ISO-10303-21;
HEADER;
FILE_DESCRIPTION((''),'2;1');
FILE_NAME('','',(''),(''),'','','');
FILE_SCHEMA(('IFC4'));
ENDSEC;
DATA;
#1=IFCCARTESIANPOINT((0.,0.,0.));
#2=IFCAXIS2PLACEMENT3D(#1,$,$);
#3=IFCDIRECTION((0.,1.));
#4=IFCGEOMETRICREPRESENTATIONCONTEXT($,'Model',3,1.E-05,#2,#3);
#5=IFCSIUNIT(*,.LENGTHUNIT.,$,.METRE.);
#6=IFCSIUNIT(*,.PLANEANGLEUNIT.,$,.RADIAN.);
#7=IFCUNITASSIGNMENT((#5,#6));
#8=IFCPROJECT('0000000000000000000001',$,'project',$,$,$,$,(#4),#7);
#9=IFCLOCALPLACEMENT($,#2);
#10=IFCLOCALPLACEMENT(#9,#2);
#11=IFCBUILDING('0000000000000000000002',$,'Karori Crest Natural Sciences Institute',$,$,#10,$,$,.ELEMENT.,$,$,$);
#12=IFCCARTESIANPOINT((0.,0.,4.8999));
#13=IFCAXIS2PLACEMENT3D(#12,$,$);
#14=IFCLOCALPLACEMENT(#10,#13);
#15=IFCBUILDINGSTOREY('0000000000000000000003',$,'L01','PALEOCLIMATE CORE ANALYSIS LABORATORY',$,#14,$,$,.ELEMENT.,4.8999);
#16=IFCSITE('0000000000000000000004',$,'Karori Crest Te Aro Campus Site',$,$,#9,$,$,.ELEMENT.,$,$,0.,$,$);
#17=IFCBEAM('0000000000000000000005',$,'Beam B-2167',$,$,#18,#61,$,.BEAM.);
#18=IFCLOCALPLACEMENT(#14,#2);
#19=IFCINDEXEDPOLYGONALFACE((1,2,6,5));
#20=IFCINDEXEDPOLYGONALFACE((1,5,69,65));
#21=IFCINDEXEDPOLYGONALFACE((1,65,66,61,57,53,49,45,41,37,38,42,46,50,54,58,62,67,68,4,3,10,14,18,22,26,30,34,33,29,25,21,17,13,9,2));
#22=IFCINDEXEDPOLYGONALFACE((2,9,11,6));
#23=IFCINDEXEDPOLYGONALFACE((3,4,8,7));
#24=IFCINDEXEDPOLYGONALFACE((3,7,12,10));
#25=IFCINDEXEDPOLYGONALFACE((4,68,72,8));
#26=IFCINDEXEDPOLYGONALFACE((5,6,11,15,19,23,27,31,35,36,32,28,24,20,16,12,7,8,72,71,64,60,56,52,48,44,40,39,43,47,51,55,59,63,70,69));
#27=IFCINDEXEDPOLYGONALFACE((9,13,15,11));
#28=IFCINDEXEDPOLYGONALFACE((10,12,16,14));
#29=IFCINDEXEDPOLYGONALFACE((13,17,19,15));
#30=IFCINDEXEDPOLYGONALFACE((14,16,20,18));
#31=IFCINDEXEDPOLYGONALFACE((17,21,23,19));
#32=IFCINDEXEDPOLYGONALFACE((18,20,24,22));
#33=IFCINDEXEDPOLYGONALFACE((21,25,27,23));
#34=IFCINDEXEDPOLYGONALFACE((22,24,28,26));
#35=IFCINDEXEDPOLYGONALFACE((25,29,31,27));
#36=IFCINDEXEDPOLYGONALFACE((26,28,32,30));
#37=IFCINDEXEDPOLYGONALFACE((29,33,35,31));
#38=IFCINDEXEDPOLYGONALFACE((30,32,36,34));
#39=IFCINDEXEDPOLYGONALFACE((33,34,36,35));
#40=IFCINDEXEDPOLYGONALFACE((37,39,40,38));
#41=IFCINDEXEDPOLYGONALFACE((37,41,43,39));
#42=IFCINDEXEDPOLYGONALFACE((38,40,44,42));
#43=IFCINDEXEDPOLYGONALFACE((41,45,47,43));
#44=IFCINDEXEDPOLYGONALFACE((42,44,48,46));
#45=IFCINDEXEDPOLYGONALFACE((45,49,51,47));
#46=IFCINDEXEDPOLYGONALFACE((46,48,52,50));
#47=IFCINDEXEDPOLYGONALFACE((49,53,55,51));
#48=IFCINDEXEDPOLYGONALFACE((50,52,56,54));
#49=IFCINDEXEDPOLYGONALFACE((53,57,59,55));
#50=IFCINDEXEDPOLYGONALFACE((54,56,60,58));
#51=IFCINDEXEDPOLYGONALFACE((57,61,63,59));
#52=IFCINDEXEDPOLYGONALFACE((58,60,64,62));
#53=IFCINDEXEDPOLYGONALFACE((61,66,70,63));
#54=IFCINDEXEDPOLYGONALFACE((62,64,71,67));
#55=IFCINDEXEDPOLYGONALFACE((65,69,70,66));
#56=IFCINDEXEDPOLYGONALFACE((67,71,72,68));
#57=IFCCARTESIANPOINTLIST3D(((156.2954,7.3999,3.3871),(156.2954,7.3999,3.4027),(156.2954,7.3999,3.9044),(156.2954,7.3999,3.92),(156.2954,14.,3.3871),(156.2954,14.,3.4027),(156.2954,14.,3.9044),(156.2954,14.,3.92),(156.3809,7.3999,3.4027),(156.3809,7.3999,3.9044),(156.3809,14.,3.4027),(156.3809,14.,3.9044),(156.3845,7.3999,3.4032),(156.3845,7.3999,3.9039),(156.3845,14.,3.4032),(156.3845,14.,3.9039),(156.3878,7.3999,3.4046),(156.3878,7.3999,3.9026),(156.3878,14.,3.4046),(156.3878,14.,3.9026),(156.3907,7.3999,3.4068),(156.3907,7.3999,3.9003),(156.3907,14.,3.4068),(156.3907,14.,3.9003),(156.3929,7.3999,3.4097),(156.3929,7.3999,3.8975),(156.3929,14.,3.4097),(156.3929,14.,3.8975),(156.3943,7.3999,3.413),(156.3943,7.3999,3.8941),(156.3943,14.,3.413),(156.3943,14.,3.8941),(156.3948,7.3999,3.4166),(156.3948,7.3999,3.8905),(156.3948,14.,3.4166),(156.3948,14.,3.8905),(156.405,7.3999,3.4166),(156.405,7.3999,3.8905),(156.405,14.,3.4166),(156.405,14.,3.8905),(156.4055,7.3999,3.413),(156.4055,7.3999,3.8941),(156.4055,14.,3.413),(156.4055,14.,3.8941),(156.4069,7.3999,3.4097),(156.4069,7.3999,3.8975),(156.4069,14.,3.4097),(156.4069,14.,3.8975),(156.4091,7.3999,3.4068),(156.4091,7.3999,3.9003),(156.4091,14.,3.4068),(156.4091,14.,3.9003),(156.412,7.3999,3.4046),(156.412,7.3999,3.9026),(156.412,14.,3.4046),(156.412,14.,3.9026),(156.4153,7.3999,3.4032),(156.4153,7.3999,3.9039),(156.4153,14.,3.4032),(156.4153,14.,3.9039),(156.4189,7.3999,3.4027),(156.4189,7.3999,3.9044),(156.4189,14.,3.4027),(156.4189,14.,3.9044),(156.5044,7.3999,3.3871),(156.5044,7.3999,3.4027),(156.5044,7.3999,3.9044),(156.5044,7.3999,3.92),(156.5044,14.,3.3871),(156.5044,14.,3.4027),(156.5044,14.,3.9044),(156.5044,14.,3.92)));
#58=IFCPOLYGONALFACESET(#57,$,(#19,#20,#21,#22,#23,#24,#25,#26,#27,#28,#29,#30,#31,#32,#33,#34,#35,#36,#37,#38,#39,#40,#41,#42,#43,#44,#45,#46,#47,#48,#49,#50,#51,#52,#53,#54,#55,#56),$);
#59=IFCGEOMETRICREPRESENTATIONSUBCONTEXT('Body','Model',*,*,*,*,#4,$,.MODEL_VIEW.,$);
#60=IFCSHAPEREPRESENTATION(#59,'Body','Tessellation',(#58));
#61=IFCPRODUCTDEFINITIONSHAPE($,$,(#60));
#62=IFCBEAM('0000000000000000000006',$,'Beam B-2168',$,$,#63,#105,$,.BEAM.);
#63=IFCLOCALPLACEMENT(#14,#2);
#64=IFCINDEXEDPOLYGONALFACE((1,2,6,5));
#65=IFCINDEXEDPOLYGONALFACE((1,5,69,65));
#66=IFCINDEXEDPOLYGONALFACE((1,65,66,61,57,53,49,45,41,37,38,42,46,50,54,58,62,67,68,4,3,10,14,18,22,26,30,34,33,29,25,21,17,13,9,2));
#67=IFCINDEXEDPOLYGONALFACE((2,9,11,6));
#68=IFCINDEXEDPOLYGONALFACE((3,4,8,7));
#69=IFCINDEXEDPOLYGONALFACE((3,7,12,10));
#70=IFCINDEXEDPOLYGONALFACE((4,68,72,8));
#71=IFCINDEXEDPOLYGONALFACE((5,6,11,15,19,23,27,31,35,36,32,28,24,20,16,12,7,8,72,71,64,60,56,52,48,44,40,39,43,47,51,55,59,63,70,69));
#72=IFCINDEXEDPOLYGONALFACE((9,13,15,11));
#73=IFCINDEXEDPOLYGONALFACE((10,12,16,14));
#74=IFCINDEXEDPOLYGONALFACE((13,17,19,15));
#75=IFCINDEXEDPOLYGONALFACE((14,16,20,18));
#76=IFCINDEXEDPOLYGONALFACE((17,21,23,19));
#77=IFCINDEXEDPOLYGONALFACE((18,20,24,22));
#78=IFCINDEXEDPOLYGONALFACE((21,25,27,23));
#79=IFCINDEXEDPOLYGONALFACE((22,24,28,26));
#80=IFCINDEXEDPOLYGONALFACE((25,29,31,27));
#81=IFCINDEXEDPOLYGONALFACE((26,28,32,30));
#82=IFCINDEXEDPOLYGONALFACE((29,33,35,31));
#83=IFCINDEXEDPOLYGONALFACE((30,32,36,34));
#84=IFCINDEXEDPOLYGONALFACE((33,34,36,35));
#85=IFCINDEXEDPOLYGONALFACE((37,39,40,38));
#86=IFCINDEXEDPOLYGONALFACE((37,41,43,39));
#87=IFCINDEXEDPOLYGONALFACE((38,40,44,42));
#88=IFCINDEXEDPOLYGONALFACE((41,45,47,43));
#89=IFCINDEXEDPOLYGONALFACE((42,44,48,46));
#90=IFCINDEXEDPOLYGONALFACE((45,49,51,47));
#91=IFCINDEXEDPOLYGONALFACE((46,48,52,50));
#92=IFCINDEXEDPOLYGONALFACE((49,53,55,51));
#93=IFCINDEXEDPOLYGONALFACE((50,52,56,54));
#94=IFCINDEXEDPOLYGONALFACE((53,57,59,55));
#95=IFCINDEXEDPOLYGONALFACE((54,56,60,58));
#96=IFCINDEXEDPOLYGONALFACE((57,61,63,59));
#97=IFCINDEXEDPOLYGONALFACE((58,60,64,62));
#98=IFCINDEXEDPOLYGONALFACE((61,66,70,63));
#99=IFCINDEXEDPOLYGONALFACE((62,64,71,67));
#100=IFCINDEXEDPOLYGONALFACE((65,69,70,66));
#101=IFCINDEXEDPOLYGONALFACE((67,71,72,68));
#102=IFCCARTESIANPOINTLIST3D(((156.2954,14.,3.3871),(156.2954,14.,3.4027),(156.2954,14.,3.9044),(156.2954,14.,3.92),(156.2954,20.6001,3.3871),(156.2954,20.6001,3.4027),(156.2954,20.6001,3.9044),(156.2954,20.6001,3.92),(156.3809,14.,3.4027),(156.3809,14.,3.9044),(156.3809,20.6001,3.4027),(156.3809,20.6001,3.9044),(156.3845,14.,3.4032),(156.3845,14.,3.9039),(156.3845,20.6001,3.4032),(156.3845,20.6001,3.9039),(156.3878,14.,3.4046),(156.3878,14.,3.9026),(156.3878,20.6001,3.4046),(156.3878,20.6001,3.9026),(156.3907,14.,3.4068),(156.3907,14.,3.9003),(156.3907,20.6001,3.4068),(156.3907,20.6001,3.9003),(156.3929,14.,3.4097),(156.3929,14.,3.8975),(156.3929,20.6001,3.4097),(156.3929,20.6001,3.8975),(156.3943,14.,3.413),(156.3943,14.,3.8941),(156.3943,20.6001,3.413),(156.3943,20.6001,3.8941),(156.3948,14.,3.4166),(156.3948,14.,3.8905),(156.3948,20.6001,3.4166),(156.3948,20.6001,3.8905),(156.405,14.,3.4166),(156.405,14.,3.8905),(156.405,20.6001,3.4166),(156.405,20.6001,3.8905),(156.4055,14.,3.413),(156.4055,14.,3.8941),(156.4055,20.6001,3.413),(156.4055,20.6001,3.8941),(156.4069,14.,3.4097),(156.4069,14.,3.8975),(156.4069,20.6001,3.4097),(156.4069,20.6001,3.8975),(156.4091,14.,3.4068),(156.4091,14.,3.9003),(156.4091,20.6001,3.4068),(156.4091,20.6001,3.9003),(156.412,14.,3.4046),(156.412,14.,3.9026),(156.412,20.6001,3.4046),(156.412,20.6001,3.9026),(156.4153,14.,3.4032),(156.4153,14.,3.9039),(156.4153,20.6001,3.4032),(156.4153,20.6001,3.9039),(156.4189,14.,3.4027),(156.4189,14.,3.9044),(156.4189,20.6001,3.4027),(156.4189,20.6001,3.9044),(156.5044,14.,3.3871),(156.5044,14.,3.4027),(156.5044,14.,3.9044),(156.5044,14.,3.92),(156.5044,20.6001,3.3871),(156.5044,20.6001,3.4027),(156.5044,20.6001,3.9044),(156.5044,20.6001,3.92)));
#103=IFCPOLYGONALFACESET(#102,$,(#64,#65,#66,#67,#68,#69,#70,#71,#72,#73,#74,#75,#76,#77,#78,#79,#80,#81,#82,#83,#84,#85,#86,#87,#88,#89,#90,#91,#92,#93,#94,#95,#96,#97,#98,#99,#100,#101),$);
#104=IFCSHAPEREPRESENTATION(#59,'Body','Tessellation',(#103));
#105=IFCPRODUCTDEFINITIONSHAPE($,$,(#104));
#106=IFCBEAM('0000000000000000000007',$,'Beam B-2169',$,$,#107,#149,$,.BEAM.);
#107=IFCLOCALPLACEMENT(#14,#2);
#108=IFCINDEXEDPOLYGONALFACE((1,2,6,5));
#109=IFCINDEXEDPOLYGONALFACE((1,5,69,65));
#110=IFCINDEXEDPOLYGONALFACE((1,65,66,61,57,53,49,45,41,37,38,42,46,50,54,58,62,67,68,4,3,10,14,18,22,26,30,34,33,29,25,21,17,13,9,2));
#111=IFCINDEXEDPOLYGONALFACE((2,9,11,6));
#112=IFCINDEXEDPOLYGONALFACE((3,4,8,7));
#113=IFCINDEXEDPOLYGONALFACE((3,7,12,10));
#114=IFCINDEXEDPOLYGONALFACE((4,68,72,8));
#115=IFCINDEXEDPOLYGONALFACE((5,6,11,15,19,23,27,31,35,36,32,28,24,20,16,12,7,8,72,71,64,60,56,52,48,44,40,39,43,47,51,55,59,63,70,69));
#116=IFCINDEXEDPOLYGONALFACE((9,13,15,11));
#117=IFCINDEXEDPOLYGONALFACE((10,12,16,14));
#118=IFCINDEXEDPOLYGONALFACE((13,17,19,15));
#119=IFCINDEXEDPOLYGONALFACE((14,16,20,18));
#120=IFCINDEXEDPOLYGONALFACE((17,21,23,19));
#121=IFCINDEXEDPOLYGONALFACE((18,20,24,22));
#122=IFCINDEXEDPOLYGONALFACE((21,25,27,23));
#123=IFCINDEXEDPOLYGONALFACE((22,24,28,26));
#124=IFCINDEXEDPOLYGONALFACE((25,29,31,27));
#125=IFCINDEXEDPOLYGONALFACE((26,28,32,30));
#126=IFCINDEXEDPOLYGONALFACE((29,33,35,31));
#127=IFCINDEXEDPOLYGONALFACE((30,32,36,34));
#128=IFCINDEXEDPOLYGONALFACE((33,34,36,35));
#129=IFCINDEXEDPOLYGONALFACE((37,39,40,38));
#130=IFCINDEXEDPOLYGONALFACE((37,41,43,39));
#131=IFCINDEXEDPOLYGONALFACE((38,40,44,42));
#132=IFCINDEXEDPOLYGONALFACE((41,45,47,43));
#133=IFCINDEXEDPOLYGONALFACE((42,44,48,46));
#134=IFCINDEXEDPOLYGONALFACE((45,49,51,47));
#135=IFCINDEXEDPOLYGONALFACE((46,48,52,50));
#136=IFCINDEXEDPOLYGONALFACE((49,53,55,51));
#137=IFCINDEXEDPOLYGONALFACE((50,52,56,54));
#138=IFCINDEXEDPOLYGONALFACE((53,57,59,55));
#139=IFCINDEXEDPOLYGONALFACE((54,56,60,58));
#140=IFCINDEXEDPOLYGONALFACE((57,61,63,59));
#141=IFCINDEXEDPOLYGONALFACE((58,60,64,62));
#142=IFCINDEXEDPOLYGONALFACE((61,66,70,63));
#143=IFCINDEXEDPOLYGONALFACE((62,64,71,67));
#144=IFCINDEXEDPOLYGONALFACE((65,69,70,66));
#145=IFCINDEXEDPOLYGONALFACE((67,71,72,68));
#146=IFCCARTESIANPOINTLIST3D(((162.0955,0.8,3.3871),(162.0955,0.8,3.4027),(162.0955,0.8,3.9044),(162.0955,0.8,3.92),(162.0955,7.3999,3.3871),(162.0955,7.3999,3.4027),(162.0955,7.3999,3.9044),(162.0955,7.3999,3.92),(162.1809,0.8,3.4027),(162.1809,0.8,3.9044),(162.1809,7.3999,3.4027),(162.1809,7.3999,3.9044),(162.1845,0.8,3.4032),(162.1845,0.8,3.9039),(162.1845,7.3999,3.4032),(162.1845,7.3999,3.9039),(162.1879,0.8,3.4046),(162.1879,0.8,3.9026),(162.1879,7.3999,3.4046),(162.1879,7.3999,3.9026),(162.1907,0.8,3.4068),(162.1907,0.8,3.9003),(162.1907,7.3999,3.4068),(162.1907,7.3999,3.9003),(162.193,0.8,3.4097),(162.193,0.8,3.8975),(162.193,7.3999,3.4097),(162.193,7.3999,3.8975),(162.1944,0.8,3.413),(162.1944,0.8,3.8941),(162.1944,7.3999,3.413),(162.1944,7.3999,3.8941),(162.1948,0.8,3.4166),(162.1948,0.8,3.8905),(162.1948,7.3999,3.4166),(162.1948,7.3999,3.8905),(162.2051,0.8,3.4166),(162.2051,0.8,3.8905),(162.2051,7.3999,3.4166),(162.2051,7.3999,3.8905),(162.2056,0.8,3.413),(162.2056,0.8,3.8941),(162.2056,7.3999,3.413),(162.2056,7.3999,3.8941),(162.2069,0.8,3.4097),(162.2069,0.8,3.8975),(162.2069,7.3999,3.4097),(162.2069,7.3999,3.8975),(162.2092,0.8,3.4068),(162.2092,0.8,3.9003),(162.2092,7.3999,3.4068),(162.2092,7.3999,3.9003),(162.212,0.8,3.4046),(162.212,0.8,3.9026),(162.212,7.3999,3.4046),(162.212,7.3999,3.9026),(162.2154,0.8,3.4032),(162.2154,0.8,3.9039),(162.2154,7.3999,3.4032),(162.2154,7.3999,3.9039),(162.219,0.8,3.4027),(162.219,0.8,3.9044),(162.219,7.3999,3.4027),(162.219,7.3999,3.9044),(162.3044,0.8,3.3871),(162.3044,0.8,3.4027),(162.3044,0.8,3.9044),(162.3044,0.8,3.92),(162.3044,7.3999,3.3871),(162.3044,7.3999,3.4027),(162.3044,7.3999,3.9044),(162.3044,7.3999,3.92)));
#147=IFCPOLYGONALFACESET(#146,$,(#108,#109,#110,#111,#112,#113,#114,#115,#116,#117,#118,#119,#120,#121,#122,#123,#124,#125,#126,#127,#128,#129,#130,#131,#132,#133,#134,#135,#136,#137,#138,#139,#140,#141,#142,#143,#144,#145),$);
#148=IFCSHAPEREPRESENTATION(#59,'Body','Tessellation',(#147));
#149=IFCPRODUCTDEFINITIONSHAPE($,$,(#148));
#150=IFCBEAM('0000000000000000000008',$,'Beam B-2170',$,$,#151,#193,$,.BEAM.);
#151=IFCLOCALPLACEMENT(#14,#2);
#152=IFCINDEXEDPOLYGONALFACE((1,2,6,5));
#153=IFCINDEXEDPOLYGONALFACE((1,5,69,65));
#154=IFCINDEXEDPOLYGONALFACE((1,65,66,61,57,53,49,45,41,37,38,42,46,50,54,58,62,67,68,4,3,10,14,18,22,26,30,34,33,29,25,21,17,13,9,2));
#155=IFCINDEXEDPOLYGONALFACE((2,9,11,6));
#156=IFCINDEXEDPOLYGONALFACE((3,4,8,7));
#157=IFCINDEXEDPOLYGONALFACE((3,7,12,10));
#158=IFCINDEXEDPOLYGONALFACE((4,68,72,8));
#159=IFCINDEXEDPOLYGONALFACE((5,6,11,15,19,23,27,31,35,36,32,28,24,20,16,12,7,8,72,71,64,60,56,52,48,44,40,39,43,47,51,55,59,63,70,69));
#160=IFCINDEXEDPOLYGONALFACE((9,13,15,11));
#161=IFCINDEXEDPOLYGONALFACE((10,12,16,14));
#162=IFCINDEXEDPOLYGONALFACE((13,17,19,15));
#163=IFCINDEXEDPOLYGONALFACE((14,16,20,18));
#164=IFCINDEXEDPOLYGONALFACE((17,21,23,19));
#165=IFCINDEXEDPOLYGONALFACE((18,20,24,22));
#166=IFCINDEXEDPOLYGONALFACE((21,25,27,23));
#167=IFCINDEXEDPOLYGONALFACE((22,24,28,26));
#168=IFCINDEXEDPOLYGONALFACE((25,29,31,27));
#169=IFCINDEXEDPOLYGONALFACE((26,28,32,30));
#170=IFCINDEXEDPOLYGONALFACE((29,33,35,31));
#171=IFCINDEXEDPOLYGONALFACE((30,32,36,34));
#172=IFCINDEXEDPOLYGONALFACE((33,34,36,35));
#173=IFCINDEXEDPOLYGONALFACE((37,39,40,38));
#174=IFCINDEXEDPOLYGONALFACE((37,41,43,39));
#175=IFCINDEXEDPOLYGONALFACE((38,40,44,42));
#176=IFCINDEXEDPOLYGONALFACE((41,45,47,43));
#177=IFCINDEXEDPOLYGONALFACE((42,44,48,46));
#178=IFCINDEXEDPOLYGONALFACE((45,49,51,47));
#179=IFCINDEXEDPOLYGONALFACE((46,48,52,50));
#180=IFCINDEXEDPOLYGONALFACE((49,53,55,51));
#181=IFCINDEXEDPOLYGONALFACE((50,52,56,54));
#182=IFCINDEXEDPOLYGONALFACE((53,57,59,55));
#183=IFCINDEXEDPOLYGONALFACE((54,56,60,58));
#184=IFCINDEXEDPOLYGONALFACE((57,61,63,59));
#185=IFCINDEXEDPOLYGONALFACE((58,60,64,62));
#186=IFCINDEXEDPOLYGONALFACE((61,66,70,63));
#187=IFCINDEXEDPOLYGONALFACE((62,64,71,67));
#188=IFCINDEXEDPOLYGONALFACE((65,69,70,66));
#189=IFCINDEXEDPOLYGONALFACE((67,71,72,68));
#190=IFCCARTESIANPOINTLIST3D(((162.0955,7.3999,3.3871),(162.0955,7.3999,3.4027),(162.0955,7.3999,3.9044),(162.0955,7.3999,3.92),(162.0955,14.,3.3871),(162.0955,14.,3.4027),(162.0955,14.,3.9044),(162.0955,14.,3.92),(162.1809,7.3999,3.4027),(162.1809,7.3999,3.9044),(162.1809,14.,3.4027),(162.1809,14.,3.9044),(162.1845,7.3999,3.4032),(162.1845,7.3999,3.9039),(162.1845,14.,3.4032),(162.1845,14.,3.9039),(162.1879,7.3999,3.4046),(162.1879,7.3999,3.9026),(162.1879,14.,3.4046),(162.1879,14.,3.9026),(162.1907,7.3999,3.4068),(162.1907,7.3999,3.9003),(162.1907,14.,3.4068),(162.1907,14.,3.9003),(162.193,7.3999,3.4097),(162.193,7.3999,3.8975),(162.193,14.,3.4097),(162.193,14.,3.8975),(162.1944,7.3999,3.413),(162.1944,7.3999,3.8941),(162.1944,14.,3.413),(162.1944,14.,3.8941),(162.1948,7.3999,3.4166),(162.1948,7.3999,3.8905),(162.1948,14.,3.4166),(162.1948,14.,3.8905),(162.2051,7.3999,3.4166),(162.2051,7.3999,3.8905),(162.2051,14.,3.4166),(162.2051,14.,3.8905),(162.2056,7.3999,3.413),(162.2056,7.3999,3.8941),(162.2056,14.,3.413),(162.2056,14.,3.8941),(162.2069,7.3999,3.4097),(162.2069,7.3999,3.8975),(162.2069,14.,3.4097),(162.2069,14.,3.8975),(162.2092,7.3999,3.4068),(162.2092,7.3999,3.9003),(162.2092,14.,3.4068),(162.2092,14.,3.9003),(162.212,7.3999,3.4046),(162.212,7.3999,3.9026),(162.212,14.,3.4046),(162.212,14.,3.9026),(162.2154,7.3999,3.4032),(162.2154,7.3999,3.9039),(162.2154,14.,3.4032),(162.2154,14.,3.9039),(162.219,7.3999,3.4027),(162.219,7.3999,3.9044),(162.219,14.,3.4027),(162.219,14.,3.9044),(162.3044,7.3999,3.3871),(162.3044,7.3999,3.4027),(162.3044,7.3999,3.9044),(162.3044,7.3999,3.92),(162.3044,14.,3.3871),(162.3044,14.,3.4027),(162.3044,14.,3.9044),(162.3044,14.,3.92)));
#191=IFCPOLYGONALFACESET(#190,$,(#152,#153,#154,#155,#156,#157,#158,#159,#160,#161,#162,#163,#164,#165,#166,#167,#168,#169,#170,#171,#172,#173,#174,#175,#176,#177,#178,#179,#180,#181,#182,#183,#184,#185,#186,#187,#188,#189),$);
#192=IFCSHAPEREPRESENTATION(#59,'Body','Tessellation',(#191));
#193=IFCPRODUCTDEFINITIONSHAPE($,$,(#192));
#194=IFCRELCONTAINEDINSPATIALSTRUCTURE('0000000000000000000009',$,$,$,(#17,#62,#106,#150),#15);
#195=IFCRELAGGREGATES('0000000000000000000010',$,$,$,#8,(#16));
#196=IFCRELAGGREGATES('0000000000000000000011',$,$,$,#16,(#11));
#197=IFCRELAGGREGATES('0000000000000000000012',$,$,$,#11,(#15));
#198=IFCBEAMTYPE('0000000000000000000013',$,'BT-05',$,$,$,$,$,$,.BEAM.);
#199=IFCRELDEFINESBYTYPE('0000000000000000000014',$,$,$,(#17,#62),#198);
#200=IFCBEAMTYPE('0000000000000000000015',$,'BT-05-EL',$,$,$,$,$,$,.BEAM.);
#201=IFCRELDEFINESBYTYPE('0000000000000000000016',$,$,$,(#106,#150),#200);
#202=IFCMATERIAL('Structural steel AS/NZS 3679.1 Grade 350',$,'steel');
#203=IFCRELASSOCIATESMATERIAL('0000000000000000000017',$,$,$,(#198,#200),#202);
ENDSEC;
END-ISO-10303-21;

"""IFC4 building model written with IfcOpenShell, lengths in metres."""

from ifc_helpers import new_model, si_unit, direction, frame, origin, origin_2d, place, context, subcontext, project, spatial, i_section, extrude, material, material_profile, profile_set, type_object, element, save


model = new_model("IFC4")

# Units and contexts
model_context = context("Model", 3, precision=1e-05, world=origin(), true_north=direction((0.0, 1.0)))
body_context = subcontext(model_context, "Body", "Model", "MODEL_VIEW")
ifc_project = project(units=[si_unit("LENGTHUNIT", "METRE"), si_unit("PLANEANGLEUNIT", "RADIAN")], contexts=[model_context])

# Site, building, storey
site_placement = place(None, origin())
site = spatial("IfcSite", under=ifc_project, at=site_placement, Name="Karori Crest Te Aro Campus Site", CompositionType="ELEMENT", RefElevation=0.0)
building_placement = place(site_placement, origin())
building = spatial("IfcBuilding", under=site, at=building_placement, Name="Karori Crest Natural Sciences Institute", CompositionType="ELEMENT")
storey_placement = place(building_placement, frame((0.0, 0.0, 4.8999)))
storey = spatial("IfcBuildingStorey", under=building, at=storey_placement, Name="L01", Description="PALEOCLIMATE CORE ANALYSIS LABORATORY", CompositionType="ELEMENT", Elevation=4.8999)

# Shared definitions
ifc_material_1 = material(Name="Structural steel AS/NZS 3679.1 Grade 350", Category="steel")

# Beams
ifc_material_profile_1 = material_profile(ifc_material_1, i_section(OverallWidth=0.209, OverallDepth=0.533, WebThickness=0.0103, FlangeThickness=0.0156, FilletRadius=0.0139, at=origin_2d()), Name="530UB92.4")
ifc_profile_set_1 = profile_set([ifc_material_profile_1], Name="Structural steel AS/NZS 3679.1 Grade 350")
beam_type_1 = type_object("IfcBeamType", Name="BT-05", PredefinedType="BEAM", material=ifc_profile_set_1)
for number, where, z_axis, x_axis, name in (
    (1, (156.3999, 7.3999, 3.6536), (0.0, 1.0, 0.0), (-1.0, 0.0, 0.0), "Beam B-2167"),
    (2, (156.3999, 14.0, 3.6536), (0.0, 1.0, 0.0), (-1.0, 0.0, 0.0), "Beam B-2168"),
):
    element("IfcBeam", number, at=place(storey_placement, frame(where, z_axis=z_axis, x_axis=x_axis)), inside=storey, type_object=beam_type_1, Name=name, PredefinedType="BEAM", context=body_context, shape_type="SweptSolid", body=[
        extrude(i_section(OverallWidth=0.209, OverallDepth=0.533, WebThickness=0.0103, FlangeThickness=0.0156, FilletRadius=0.0139, at=origin_2d()), origin(), (0.0, 0.0, 1.0), 6.6001),
    ])
ifc_material_profile_2 = material_profile(ifc_material_1, i_section(OverallWidth=0.209, OverallDepth=0.533, WebThickness=0.0103, FlangeThickness=0.0156, FilletRadius=0.0139, at=origin_2d()), Name="530UB92.4")
ifc_profile_set_2 = profile_set([ifc_material_profile_2], Name="Structural steel AS/NZS 3679.1 Grade 350")
beam_type_2 = type_object("IfcBeamType", Name="BT-05-EL", PredefinedType="BEAM", material=ifc_profile_set_2)
beam_1_placement = place(storey_placement, frame((162.2, 0.8, 3.6536), z_axis=(0.0, 1.0, 0.0), x_axis=(-1.0, 0.0, 0.0)))
element("IfcBeam", 3, at=beam_1_placement, inside=storey, type_object=beam_type_2, Name="Beam B-2169", PredefinedType="BEAM", context=body_context, shape_type="SweptSolid", body=[
    extrude(i_section(OverallWidth=0.209, OverallDepth=0.533, WebThickness=0.0103, FlangeThickness=0.0156, FilletRadius=0.0139, at=origin_2d()), origin(), (0.0, 0.0, 1.0), 6.5999),
])
for number, where, z_axis, x_axis, name in (
    (4, (162.2, 7.3999, 3.6536), (0.0, 1.0, 0.0), (-1.0, 0.0, 0.0), "Beam B-2170"),
):
    element("IfcBeam", number, at=place(storey_placement, frame(where, z_axis=z_axis, x_axis=x_axis)), inside=storey, type_object=beam_type_2, Name=name, PredefinedType="BEAM", context=body_context, shape_type="SweptSolid", body=[
        extrude(i_section(OverallWidth=0.209, OverallDepth=0.533, WebThickness=0.0103, FlangeThickness=0.0156, FilletRadius=0.0139, at=origin_2d()), origin(), (0.0, 0.0, 1.0), 6.6001),
    ])

save(model, "model.ifc")
